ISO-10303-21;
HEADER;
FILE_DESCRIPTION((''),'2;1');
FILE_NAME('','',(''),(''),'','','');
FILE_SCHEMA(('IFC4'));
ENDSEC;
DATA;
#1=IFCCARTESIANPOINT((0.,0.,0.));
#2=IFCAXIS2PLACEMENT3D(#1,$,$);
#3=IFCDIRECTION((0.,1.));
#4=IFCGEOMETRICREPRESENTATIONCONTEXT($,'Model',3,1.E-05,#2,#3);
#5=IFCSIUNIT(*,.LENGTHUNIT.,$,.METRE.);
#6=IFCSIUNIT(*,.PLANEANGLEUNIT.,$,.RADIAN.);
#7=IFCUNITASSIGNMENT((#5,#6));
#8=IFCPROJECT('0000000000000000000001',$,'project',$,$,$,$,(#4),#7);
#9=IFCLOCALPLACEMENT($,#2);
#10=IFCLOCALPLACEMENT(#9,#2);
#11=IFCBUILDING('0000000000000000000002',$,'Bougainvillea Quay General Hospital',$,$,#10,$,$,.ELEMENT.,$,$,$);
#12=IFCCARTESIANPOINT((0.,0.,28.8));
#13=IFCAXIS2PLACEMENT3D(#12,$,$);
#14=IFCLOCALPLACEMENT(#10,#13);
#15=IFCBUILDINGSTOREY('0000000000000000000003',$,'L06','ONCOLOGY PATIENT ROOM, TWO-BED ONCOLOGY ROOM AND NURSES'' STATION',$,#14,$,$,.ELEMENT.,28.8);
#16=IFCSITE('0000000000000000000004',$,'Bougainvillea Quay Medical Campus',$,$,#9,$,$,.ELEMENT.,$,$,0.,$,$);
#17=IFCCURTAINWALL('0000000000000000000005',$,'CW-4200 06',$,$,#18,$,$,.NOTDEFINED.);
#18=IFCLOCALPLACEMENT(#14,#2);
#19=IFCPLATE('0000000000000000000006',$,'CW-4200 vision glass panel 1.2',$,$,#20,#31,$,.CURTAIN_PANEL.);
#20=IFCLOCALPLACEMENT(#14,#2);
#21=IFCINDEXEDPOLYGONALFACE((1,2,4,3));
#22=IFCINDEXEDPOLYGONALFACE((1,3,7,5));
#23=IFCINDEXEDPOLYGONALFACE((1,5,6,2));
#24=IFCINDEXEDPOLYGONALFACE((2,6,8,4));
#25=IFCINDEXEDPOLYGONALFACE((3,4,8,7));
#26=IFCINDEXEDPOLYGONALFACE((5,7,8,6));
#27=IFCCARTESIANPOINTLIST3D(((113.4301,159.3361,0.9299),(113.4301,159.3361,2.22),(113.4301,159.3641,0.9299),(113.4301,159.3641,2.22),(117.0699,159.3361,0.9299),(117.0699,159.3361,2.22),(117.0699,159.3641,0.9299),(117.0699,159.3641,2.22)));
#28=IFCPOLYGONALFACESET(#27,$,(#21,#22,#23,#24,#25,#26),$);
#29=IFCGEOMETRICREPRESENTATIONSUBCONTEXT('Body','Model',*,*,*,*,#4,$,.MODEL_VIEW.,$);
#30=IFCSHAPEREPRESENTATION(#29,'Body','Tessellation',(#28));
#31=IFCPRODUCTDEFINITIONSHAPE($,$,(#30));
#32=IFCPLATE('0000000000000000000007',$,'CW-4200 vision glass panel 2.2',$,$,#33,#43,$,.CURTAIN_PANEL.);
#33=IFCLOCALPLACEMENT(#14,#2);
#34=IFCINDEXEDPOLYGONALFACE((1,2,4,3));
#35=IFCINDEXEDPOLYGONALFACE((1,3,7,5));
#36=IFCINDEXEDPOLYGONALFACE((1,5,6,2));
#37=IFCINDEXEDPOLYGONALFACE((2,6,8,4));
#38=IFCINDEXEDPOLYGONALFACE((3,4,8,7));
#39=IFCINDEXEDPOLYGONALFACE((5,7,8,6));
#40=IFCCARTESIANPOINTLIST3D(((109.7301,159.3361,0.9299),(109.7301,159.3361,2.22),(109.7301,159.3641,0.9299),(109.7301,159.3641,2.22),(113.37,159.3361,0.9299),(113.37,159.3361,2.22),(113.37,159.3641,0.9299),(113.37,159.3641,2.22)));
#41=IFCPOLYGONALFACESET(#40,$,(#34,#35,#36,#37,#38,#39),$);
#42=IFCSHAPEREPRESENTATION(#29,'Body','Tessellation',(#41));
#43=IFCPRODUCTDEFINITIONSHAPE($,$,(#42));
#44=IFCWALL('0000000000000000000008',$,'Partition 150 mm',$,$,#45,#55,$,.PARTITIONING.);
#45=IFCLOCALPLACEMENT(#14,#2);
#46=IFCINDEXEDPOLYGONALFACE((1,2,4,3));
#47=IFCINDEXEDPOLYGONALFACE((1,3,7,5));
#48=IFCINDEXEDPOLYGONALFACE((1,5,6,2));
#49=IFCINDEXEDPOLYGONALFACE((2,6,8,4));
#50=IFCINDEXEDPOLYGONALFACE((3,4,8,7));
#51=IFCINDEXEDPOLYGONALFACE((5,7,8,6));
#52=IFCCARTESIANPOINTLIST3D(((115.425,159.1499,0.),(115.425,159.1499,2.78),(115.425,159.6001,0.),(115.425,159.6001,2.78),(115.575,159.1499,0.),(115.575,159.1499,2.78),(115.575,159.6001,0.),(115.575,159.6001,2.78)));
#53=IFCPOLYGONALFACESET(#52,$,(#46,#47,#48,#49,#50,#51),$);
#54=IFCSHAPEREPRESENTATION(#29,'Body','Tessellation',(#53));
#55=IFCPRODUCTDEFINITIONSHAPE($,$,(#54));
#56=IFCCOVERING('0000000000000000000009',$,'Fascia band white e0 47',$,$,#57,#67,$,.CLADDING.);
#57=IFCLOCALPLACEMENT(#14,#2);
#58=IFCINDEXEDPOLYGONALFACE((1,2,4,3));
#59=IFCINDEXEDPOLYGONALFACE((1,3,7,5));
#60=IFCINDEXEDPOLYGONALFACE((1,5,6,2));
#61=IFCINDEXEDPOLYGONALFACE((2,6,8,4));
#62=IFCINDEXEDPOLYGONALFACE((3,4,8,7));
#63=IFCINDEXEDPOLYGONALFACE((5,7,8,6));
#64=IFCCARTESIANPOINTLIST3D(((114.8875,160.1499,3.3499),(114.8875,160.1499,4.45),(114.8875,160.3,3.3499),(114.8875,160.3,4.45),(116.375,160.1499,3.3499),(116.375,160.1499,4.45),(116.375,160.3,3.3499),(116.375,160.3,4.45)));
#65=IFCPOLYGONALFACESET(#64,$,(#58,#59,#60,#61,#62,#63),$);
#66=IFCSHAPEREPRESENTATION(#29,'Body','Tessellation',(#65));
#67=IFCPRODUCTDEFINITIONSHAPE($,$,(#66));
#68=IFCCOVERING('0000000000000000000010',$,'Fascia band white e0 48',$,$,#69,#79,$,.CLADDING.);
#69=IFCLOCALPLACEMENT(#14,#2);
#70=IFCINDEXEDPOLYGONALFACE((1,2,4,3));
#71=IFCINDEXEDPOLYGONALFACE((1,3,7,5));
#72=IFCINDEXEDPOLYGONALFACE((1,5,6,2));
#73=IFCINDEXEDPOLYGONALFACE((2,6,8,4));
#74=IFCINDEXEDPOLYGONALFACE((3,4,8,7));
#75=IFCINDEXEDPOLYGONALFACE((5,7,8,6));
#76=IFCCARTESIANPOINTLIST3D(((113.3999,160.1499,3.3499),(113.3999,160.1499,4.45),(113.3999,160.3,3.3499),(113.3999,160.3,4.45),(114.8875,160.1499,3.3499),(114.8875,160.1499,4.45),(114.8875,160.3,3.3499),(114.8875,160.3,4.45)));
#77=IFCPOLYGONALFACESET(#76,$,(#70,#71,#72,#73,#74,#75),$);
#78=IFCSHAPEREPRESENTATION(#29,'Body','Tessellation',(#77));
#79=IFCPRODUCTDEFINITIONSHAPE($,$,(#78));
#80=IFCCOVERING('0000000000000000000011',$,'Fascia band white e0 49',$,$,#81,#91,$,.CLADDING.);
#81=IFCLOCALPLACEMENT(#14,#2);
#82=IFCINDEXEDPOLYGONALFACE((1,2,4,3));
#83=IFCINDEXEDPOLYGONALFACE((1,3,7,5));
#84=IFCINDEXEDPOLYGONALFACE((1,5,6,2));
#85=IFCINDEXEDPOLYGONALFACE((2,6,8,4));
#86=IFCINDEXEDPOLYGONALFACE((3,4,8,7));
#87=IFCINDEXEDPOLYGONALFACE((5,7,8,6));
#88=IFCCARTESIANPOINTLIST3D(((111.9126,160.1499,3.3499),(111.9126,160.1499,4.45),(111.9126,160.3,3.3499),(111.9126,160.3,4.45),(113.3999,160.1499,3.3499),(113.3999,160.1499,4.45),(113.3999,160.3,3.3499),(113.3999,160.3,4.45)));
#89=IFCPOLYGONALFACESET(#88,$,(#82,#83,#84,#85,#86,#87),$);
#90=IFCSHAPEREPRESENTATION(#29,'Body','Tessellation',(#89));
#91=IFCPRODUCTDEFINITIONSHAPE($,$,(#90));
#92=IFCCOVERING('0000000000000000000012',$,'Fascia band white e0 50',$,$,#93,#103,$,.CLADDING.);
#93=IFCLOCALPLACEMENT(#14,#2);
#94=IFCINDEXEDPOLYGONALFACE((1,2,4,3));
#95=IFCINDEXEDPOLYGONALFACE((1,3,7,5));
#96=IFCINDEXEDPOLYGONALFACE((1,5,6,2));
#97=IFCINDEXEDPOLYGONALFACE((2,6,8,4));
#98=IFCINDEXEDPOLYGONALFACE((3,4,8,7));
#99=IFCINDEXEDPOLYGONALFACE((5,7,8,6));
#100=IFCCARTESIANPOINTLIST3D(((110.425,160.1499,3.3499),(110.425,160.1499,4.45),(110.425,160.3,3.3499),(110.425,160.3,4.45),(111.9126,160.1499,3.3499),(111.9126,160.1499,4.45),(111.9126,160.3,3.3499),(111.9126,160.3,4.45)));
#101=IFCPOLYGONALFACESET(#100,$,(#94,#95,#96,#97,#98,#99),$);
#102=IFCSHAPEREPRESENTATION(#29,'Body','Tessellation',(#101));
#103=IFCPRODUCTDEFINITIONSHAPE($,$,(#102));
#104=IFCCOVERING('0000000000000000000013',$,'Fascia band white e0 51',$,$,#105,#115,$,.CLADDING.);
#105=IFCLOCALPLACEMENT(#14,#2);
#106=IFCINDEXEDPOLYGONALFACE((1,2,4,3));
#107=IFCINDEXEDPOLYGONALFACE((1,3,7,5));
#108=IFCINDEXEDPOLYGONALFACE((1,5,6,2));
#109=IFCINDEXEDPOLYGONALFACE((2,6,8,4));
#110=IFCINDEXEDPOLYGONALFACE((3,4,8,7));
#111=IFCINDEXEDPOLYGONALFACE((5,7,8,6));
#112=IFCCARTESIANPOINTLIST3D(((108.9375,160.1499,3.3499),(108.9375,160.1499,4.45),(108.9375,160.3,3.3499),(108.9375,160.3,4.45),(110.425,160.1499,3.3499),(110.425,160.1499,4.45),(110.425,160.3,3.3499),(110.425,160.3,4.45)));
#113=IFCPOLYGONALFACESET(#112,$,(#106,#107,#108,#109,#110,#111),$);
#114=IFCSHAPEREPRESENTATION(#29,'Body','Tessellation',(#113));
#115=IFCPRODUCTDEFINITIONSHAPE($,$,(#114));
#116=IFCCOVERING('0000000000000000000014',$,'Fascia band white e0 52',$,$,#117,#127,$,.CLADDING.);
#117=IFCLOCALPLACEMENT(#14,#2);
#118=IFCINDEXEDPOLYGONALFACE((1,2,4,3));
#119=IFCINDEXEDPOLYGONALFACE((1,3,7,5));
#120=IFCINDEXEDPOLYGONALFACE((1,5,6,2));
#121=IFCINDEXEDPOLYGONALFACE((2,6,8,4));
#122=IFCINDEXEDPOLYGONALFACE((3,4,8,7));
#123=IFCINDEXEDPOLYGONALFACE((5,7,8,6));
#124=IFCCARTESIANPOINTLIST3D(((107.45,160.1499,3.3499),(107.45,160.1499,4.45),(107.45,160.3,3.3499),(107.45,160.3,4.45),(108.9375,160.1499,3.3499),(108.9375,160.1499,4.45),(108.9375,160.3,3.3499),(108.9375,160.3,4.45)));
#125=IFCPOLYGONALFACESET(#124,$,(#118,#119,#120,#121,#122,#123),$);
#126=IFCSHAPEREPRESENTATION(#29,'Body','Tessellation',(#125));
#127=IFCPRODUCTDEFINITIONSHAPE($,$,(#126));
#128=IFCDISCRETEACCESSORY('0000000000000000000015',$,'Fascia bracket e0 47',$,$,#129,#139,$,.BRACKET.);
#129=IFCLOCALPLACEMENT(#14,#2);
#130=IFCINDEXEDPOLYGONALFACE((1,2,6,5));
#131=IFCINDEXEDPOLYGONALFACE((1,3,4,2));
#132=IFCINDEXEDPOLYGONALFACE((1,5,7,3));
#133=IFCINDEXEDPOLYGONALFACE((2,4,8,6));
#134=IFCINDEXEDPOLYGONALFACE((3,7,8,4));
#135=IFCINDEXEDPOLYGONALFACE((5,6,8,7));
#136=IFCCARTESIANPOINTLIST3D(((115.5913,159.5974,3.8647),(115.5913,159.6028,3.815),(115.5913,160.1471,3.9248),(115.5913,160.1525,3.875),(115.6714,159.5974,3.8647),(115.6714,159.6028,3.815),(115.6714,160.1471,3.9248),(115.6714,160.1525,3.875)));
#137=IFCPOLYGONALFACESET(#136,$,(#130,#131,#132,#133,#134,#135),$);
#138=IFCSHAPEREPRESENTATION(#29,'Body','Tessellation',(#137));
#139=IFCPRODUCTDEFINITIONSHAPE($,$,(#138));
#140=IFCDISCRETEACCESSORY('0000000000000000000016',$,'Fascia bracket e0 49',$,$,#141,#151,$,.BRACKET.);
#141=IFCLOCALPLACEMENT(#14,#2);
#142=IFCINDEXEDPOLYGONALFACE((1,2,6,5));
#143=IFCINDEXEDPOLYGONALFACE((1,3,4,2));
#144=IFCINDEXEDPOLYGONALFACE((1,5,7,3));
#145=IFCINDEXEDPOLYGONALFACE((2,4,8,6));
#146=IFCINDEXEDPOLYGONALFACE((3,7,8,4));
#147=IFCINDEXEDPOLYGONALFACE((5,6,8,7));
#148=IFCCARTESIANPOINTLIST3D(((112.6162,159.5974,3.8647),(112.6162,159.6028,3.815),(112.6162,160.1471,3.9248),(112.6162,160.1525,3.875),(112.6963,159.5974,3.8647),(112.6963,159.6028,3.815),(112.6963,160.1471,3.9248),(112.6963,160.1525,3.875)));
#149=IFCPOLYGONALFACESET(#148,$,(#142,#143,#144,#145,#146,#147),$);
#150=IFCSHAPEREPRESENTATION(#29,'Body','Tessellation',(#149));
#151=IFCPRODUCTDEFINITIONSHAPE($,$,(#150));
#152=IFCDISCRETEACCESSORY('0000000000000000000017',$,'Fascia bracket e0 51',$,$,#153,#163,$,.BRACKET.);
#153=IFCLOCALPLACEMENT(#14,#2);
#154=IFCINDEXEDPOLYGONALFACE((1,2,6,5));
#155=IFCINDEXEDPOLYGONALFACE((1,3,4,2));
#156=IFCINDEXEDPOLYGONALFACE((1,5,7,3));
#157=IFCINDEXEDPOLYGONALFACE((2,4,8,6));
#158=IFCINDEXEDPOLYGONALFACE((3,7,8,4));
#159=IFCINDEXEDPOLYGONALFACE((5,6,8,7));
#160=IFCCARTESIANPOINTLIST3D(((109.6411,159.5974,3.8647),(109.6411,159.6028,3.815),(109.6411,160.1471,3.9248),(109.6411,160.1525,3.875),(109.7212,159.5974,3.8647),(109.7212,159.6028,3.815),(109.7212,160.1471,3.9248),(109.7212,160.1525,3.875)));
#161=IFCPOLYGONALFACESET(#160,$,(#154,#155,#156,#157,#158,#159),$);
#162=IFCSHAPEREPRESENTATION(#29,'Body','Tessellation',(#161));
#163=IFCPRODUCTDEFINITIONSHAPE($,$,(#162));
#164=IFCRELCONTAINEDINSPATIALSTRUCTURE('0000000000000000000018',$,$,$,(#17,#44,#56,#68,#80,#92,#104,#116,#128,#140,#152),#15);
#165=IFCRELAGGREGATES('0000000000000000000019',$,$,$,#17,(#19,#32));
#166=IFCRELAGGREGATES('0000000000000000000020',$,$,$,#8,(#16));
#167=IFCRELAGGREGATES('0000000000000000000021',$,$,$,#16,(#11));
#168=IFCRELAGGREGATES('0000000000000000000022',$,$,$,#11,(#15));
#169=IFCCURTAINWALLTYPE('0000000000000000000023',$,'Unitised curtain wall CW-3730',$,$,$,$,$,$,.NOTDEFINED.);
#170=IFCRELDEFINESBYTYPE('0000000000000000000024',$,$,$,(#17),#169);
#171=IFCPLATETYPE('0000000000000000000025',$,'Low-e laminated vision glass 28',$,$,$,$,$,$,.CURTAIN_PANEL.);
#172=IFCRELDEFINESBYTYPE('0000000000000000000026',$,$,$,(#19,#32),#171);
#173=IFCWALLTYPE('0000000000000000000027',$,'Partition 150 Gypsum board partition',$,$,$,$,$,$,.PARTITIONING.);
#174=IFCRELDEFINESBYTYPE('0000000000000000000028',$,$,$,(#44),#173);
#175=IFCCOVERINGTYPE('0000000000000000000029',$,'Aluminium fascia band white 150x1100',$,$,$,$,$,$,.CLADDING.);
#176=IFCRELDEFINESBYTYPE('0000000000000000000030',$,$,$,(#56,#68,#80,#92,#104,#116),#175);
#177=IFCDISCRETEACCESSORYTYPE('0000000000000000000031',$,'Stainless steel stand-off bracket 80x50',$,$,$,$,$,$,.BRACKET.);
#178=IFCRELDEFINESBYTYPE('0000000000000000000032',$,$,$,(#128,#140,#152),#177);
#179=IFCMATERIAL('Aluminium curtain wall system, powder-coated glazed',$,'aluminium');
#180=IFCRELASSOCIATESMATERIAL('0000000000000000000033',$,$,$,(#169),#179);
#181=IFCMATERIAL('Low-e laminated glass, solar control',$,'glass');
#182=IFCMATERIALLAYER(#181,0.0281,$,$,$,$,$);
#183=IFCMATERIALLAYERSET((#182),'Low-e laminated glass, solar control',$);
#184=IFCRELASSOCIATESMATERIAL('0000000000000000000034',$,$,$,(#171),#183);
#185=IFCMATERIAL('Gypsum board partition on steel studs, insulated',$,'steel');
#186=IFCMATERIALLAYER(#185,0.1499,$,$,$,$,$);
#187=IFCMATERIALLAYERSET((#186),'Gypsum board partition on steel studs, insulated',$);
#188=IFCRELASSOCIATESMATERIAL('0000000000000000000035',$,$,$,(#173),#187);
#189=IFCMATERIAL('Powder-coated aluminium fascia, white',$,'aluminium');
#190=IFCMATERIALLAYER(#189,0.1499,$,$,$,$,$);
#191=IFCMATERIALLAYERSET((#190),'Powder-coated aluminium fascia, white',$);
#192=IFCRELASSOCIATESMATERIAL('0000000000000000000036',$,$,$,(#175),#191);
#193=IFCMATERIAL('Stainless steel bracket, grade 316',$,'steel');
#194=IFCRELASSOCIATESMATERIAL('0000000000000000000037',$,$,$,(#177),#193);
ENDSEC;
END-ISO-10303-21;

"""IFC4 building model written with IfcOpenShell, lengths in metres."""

from ifc_helpers import new_model, si_unit, direction, frame, frame_2d, origin, origin_2d, place, context, subcontext, project, spatial, polyline, rectangle, outline, extrude, material, layer, layer_set, material_profile, profile_set, type_object, element, aggregate, save


model = new_model("IFC4")

# Units and contexts
model_context = context("Model", 3, precision=1e-05, world=origin(), true_north=direction((0.0, 1.0)))
body_context = subcontext(model_context, "Body", "Model", "MODEL_VIEW")
ifc_project = project(units=[si_unit("LENGTHUNIT", "METRE"), si_unit("PLANEANGLEUNIT", "RADIAN")], contexts=[model_context])

# Site, building, storey
site_placement = place(None, origin())
site = spatial("IfcSite", under=ifc_project, at=site_placement, Name="Bougainvillea Quay Medical Campus", CompositionType="ELEMENT", RefElevation=0.0)
building_placement = place(site_placement, origin())
building = spatial("IfcBuilding", under=site, at=building_placement, Name="Bougainvillea Quay General Hospital", CompositionType="ELEMENT")
storey_placement = place(building_placement, frame((0.0, 0.0, 28.8)))
storey = spatial("IfcBuildingStorey", under=building, at=storey_placement, Name="L06", Description="ONCOLOGY PATIENT ROOM, TWO-BED ONCOLOGY ROOM AND NURSES' STATION", CompositionType="ELEMENT", Elevation=28.8)

# Curtain wall, plates
ifc_material_1 = material(Name="Aluminium curtain wall system, powder-coated glazed", Category="aluminium")
curtain_wall_type = type_object("IfcCurtainWallType", Name="Unitised curtain wall CW-3730", PredefinedType="NOTDEFINED", material=ifc_material_1)
curtain_wall_placement = place(storey_placement, origin())
curtain_wall = element("IfcCurtainWall", 1, at=curtain_wall_placement, inside=storey, type_object=curtain_wall_type, Name="CW-4200 06", PredefinedType="NOTDEFINED")
ifc_material_2 = material(Name="Low-e laminated glass, solar control", Category="glass")
ifc_layer_1 = layer(ifc_material_2, 0.0281)
ifc_layer_set_1 = layer_set([ifc_layer_1], Name="Low-e laminated glass, solar control")
plate_type_1 = type_object("IfcPlateType", Name="Low-e laminated vision glass 28", PredefinedType="CURTAIN_PANEL", material=ifc_layer_set_1)
plate_1_placement = place(storey_placement, frame((115.25, 159.3501, 0.9299), z_axis=(0.0, 0.0, 1.0), x_axis=(-1.0, 0.0, 0.0)))
plate_1 = element("IfcPlate", 2, at=plate_1_placement, type_object=plate_type_1, Name="CW-4200 vision glass panel 1.2", PredefinedType="CURTAIN_PANEL", context=body_context, shape_type="SweptSolid", body=[
    extrude(rectangle(XDim=3.6399, YDim=0.0281, at=origin_2d()), origin(), (0.0, 0.0, 1.0), 1.29),
])
plate_2_placement = place(storey_placement, frame((111.55, 159.3501, 0.9299), z_axis=(0.0, 0.0, 1.0), x_axis=(-1.0, 0.0, 0.0)))
plate_2 = element("IfcPlate", 3, at=plate_2_placement, type_object=plate_type_1, Name="CW-4200 vision glass panel 2.2", PredefinedType="CURTAIN_PANEL", context=body_context, shape_type="SweptSolid", body=[
    extrude(rectangle(XDim=3.6399, YDim=0.0281, at=origin_2d()), origin(), (0.0, 0.0, 1.0), 1.29),
])
aggregate(curtain_wall, [plate_1, plate_2])

# Wall
ifc_material_3 = material(Name="Gypsum board partition on steel studs, insulated", Category="steel")
ifc_layer_2 = layer(ifc_material_3, 0.1499)
ifc_layer_set_2 = layer_set([ifc_layer_2], Name="Gypsum board partition on steel studs, insulated")
wall_type = type_object("IfcWallType", Name="Partition 150 Gypsum board partition", PredefinedType="PARTITIONING", material=ifc_layer_set_2)
wall_placement = place(storey_placement, frame((115.5, 159.6001, 0.0), z_axis=(0.0, 0.0, 1.0), x_axis=(0.0, -1.0, 0.0)))
element("IfcWall", 4, at=wall_placement, inside=storey, type_object=wall_type, Name="Partition 150 mm", PredefinedType="PARTITIONING", context=body_context, shape_type="SweptSolid", body=[
    extrude(rectangle(XDim=0.4502, YDim=0.1499, at=frame_2d((0.2251, 0.0))), origin(), (0.0, 0.0, 1.0), 2.78),
])

# Coverings
ifc_material_4 = material(Name="Powder-coated aluminium fascia, white", Category="aluminium")
ifc_layer_3 = layer(ifc_material_4, 0.1499)
ifc_layer_set_3 = layer_set([ifc_layer_3], Name="Powder-coated aluminium fascia, white")
covering_type = type_object("IfcCoveringType", Name="Aluminium fascia band white 150x1100", PredefinedType="CLADDING", material=ifc_layer_set_3)
for number, where, z_axis, x_axis, name in (
    (5, (116.375, 160.1499, 3.3499), (0.0, 0.0, 1.0), (-1.0, 0.0, 0.0), "Fascia band white e0 47"),
    (6, (114.8875, 160.1499, 3.3499), (0.0, 0.0, 1.0), (-1.0, 0.0, 0.0), "Fascia band white e0 48"),
):
    element("IfcCovering", number, at=place(storey_placement, frame(where, z_axis=z_axis, x_axis=x_axis)), inside=storey, type_object=covering_type, Name=name, PredefinedType="CLADDING", context=body_context, shape_type="SweptSolid", body=[
        extrude(outline(polyline([(0.0, 0.0), (1.4875, 0.0), (1.4875, -0.1501), (0.0, -0.1501), (0.0, 0.0)])), origin(), (0.0, 0.0, 1.0), 1.1001),
    ])
covering_placement = place(storey_placement, frame((113.3999, 160.1499, 3.3499), z_axis=(0.0, 0.0, 1.0), x_axis=(-1.0, 0.0, 0.0)))
element("IfcCovering", 7, at=covering_placement, inside=storey, type_object=covering_type, Name="Fascia band white e0 49", PredefinedType="CLADDING", context=body_context, shape_type="SweptSolid", body=[
    extrude(outline(polyline([(0.0, 0.0), (1.4873, 0.0), (1.4873, -0.1501), (0.0, -0.1501), (0.0, 0.0)])), origin(), (0.0, 0.0, 1.0), 1.1001),
])
for number, where, z_axis, x_axis, name in (
    (8, (111.9126, 160.1499, 3.3499), (0.0, 0.0, 1.0), (-1.0, 0.0, 0.0), "Fascia band white e0 50"),
    (9, (110.425, 160.1499, 3.3499), (0.0, 0.0, 1.0), (-1.0, 0.0, 0.0), "Fascia band white e0 51"),
    (10, (108.9375, 160.1499, 3.3499), (0.0, 0.0, 1.0), (-1.0, 0.0, 0.0), "Fascia band white e0 52"),
):
    element("IfcCovering", number, at=place(storey_placement, frame(where, z_axis=z_axis, x_axis=x_axis)), inside=storey, type_object=covering_type, Name=name, PredefinedType="CLADDING", context=body_context, shape_type="SweptSolid", body=[
        extrude(outline(polyline([(0.0, 0.0), (1.4875, 0.0), (1.4875, -0.1501), (0.0, -0.1501), (0.0, 0.0)])), origin(), (0.0, 0.0, 1.0), 1.1001),
    ])

# Discrete accessories
ifc_material_5 = material(Name="Stainless steel bracket, grade 316", Category="steel")
ifc_material_profile_1 = material_profile(ifc_material_5, rectangle(XDim=0.0801, YDim=0.05, at=origin_2d()))
ifc_profile_set_1 = profile_set([ifc_material_profile_1], Name="Stainless steel bracket, grade 316")
discrete_accessory_type = type_object("IfcDiscreteAccessoryType", Name="Stainless steel stand-off bracket 80x50", PredefinedType="BRACKET", material=ifc_profile_set_1)
for number, where, z_axis, x_axis, name in (
    (11, (115.6313, 159.6001, 3.8398), (0.0, 0.994087, 0.10859), (-1.0, 0.0, 0.0), "Fascia bracket e0 47"),
    (12, (112.6562, 159.6001, 3.8398), (0.0, 0.994087, 0.10859), (-1.0, 0.0, 0.0), "Fascia bracket e0 49"),
    (13, (109.6812, 159.6001, 3.8398), (0.0, 0.994087, 0.10859), (-1.0, 0.0, 0.0), "Fascia bracket e0 51"),
):
    element("IfcDiscreteAccessory", number, at=place(storey_placement, frame(where, z_axis=z_axis, x_axis=x_axis)), inside=storey, type_object=discrete_accessory_type, Name=name, PredefinedType="BRACKET", context=body_context, shape_type="SweptSolid", body=[
        extrude(rectangle(XDim=0.0801, YDim=0.05, at=origin_2d()), origin(), (0.0, 0.0, 1.0), 0.553),
    ])

save(model, "model.ifc")
